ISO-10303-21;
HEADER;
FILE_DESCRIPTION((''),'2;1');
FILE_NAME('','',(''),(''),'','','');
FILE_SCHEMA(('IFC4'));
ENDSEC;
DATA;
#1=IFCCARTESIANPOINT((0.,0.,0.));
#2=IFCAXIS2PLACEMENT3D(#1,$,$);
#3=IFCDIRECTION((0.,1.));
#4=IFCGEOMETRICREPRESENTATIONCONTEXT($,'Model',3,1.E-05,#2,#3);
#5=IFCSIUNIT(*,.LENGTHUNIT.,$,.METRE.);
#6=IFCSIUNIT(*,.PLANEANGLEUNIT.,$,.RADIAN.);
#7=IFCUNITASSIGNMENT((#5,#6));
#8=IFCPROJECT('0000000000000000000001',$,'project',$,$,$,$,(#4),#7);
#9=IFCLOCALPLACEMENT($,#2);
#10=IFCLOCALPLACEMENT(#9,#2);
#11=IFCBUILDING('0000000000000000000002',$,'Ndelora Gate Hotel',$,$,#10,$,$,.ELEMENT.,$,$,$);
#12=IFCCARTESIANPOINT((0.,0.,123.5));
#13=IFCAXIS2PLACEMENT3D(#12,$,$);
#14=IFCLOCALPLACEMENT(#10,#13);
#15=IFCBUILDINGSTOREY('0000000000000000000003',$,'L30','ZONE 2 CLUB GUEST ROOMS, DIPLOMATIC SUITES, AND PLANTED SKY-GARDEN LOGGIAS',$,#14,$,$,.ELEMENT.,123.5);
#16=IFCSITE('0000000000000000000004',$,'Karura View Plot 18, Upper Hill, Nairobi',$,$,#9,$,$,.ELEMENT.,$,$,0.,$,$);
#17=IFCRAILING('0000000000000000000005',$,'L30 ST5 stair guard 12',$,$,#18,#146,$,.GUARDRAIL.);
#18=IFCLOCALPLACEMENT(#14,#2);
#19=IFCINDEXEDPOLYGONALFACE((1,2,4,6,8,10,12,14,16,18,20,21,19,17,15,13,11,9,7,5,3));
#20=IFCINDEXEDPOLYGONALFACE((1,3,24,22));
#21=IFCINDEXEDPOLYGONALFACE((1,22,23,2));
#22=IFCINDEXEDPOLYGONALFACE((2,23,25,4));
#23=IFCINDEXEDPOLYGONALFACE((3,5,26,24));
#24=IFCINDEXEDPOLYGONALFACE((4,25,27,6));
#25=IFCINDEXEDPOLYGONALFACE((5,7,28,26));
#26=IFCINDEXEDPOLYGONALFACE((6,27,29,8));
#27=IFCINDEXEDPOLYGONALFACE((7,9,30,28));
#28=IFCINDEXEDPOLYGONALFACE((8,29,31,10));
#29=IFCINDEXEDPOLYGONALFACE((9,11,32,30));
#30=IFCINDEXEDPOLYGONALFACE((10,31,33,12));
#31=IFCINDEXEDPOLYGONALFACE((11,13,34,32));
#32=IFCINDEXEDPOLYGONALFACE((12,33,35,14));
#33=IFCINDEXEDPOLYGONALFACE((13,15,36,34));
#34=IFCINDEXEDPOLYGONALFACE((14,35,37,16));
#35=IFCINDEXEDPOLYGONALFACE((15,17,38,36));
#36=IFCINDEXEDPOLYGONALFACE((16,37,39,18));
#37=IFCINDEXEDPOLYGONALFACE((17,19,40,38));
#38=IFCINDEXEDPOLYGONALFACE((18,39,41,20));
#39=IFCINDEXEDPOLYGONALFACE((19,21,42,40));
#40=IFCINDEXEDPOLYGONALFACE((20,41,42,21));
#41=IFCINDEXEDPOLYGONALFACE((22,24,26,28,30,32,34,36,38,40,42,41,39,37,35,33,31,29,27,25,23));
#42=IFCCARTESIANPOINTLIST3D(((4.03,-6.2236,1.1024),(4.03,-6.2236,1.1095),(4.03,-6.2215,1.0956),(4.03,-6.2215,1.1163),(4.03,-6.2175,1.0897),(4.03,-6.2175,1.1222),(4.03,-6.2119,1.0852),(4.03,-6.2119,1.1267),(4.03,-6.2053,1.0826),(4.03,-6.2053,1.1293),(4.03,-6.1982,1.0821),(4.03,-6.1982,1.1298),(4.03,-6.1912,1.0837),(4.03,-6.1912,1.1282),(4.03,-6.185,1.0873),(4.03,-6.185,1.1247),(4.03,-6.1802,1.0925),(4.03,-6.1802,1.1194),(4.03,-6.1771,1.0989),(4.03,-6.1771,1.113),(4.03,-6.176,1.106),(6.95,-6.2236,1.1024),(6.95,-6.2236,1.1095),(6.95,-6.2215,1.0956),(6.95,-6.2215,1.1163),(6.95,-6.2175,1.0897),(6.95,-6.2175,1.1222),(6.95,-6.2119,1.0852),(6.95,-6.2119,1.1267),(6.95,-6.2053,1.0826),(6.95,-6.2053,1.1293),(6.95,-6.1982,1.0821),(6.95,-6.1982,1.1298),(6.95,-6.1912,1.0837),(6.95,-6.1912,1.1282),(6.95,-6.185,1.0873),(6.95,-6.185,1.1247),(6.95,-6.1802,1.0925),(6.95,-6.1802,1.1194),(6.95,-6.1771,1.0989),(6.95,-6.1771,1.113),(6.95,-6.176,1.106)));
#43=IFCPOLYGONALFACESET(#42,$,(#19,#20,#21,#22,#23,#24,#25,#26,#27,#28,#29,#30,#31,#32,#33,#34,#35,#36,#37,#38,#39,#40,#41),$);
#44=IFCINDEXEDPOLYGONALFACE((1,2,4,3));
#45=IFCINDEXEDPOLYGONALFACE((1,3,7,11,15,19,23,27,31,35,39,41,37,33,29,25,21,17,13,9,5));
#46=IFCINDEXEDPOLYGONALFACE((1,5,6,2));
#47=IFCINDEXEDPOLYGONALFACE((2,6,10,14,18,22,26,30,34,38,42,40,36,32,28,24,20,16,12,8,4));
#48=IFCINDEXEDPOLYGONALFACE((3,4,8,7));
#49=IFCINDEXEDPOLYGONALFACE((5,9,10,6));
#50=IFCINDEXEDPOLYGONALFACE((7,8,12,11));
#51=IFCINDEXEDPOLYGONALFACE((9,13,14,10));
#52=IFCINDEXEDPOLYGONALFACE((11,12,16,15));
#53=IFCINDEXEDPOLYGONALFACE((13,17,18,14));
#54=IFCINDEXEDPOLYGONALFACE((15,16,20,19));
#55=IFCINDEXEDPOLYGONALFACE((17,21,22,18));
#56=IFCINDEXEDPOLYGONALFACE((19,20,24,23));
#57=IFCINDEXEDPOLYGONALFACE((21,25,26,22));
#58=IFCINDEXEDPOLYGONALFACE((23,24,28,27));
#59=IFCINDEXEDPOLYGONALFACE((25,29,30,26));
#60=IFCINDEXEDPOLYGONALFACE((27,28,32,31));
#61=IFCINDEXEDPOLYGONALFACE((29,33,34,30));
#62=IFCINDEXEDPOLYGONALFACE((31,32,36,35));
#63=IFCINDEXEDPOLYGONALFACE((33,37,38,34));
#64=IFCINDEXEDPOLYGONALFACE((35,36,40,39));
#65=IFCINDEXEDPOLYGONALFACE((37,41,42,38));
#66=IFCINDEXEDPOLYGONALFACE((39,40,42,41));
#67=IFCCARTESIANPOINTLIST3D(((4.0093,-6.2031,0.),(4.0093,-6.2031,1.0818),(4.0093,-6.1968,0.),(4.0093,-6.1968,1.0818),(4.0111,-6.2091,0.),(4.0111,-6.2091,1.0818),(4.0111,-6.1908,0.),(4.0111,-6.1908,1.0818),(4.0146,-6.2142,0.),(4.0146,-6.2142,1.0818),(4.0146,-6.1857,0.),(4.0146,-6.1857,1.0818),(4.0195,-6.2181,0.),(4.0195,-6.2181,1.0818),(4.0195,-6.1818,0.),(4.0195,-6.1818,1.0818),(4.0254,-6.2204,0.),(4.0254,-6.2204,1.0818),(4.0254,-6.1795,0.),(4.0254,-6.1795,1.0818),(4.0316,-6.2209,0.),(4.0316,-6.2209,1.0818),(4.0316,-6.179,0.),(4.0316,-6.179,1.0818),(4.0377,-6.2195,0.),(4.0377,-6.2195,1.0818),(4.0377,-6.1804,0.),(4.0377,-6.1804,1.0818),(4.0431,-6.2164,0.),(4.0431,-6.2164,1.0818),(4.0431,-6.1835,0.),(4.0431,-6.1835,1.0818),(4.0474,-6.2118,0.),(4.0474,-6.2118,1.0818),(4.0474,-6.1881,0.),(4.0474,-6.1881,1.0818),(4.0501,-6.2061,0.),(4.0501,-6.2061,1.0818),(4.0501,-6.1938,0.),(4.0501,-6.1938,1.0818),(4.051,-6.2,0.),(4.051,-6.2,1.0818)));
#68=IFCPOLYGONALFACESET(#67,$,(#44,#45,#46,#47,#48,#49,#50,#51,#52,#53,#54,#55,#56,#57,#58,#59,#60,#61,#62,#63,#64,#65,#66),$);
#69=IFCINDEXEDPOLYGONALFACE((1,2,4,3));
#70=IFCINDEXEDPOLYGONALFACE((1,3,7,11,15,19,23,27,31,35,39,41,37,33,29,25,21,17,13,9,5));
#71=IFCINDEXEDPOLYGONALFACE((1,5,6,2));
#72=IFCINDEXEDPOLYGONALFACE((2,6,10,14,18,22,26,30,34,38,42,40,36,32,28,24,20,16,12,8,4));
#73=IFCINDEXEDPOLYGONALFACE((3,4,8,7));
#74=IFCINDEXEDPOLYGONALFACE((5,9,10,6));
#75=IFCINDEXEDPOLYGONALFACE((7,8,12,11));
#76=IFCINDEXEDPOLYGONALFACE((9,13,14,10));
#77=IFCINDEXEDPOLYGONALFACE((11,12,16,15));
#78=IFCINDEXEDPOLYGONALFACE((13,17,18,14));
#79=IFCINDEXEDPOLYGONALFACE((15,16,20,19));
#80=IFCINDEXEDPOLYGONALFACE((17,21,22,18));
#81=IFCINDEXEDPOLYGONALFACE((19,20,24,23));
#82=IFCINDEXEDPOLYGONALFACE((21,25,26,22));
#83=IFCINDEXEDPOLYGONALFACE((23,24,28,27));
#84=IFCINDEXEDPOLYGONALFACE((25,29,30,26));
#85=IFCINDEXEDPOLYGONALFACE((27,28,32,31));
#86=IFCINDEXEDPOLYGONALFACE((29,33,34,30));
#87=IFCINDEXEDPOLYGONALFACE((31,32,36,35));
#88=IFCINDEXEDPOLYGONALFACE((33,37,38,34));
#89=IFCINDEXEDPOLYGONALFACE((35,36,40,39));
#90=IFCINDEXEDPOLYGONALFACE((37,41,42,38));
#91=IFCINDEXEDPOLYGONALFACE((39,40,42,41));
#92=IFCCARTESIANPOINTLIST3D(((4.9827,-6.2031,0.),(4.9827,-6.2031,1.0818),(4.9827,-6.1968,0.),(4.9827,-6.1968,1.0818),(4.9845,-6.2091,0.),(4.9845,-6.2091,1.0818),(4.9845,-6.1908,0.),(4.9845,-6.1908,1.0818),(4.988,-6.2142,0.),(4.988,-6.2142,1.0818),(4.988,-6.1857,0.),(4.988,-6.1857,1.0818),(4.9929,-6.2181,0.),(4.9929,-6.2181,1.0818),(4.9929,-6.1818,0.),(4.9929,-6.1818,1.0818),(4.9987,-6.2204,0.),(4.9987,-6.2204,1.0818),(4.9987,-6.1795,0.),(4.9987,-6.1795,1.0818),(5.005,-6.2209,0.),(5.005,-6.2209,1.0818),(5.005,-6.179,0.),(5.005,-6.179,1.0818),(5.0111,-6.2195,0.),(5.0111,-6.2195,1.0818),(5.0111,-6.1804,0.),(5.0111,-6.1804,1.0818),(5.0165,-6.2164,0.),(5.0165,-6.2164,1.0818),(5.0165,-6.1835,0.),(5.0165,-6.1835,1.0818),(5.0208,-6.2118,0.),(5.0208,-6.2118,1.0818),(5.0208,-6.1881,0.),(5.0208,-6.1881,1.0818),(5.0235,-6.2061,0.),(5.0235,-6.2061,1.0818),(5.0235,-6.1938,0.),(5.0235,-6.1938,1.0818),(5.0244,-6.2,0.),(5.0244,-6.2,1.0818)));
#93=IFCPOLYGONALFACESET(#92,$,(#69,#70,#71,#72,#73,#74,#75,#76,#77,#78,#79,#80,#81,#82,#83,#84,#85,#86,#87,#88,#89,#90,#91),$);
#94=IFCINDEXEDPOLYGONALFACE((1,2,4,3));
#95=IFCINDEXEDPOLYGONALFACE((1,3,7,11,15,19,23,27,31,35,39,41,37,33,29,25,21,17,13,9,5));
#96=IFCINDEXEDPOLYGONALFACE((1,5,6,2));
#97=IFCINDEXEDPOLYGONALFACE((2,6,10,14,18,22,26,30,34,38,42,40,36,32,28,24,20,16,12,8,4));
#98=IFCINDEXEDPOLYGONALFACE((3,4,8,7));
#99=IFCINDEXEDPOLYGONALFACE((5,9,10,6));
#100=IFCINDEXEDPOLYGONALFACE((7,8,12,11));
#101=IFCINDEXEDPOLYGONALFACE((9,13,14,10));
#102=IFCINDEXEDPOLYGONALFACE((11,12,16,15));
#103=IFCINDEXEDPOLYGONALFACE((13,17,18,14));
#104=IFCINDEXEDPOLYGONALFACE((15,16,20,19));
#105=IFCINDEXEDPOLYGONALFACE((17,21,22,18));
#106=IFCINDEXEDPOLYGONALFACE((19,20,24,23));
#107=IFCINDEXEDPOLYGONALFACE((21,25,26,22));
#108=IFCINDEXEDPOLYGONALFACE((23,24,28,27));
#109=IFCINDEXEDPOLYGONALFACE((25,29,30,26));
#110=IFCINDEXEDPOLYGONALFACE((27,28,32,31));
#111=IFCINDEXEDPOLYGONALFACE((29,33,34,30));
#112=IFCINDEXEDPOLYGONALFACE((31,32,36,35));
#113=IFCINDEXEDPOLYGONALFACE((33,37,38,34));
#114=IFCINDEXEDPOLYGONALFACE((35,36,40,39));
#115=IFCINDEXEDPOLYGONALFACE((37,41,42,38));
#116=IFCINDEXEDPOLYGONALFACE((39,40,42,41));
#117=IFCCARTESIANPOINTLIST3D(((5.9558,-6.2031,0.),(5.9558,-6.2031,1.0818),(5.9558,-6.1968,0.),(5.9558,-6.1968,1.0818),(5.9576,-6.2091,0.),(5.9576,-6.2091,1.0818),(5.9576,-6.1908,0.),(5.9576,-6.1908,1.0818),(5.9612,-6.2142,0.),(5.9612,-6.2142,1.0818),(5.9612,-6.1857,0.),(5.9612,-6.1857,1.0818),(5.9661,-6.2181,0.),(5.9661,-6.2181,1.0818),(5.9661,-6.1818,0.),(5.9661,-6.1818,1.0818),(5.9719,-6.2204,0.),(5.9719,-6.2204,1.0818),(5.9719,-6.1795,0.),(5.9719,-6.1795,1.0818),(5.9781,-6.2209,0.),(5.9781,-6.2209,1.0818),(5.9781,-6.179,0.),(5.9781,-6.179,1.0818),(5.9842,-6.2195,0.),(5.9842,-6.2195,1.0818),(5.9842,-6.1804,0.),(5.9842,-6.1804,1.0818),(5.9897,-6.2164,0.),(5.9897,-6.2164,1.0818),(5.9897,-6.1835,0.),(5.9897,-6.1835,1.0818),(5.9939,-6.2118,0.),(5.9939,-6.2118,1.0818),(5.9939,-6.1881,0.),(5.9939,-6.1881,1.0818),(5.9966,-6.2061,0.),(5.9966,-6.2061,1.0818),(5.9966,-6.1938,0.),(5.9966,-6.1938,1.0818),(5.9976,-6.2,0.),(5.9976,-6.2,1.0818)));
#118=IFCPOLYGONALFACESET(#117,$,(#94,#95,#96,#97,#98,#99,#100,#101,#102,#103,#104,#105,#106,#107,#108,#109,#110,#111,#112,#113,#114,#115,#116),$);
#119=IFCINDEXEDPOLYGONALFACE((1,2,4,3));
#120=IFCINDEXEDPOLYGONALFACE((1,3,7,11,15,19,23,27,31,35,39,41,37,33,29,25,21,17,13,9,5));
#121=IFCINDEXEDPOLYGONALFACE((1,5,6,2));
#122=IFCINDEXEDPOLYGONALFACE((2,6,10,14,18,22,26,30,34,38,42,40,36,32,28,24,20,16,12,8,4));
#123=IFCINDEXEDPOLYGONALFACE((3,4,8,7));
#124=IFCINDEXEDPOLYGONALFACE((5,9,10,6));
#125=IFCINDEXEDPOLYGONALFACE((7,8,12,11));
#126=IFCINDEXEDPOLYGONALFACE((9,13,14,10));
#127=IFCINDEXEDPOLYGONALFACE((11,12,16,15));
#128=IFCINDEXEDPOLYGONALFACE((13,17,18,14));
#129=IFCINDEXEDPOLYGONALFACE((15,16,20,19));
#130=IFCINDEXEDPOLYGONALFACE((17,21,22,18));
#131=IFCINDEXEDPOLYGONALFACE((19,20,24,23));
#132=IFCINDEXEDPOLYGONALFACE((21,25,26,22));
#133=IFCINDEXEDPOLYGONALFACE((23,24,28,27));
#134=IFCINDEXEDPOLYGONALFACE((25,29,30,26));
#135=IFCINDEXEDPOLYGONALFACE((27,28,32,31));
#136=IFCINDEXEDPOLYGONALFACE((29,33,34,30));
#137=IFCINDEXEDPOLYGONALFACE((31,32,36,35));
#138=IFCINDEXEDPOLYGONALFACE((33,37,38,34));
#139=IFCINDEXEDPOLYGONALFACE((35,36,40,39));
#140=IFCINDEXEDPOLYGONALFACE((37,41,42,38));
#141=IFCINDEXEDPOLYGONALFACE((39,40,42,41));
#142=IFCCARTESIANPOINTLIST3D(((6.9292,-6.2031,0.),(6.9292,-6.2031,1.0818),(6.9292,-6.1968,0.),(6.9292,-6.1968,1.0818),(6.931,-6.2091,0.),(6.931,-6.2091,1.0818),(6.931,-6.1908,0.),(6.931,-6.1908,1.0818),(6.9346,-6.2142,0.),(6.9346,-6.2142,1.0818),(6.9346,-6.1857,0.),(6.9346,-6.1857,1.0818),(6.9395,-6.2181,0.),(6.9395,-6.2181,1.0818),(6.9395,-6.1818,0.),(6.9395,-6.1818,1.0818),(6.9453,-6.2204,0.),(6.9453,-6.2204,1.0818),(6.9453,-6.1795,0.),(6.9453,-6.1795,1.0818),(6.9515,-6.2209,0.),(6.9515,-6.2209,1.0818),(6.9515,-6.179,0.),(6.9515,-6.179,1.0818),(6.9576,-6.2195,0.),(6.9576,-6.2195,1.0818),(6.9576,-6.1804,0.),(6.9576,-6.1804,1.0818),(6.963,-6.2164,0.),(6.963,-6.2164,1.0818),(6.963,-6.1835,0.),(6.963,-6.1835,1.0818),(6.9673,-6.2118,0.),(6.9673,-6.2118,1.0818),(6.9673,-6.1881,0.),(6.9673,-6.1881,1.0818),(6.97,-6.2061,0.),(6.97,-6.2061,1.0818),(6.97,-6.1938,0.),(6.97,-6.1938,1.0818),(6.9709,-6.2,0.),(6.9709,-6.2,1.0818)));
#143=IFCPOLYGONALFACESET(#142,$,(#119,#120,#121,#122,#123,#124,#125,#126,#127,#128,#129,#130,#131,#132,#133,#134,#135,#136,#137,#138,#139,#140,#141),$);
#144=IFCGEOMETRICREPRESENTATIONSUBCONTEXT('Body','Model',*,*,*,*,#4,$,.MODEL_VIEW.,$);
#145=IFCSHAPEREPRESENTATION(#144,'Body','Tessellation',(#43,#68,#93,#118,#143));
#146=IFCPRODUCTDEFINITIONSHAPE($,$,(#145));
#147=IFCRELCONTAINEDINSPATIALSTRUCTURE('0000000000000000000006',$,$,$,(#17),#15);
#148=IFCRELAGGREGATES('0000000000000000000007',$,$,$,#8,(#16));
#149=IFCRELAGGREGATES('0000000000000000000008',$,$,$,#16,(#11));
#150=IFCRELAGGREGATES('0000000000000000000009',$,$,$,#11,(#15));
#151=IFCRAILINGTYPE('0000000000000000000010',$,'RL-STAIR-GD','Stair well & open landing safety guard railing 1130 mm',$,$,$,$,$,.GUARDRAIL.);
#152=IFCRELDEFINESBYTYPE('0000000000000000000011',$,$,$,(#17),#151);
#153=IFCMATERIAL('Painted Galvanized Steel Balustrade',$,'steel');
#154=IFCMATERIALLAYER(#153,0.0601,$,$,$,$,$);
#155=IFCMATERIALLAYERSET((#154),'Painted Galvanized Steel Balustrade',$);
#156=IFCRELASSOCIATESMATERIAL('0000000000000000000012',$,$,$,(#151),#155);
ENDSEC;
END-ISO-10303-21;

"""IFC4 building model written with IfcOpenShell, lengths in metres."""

from ifc_helpers import new_model, si_unit, direction, frame, origin, origin_2d, place, context, subcontext, project, spatial, circle, extrude, material, layer, layer_set, type_object, element, save


model = new_model("IFC4")

# Units and contexts
model_context = context("Model", 3, precision=1e-05, world=origin(), true_north=direction((0.0, 1.0)))
body_context = subcontext(model_context, "Body", "Model", "MODEL_VIEW")
ifc_project = project(units=[si_unit("LENGTHUNIT", "METRE"), si_unit("PLANEANGLEUNIT", "RADIAN")], contexts=[model_context])

# Site, building, storey
site_placement = place(None, origin())
site = spatial("IfcSite", under=ifc_project, at=site_placement, Name="Karura View Plot 18, Upper Hill, Nairobi", CompositionType="ELEMENT", RefElevation=0.0)
building_placement = place(site_placement, origin())
building = spatial("IfcBuilding", under=site, at=building_placement, Name="Ndelora Gate Hotel", CompositionType="ELEMENT")
storey_placement = place(building_placement, frame((0.0, 0.0, 123.5)))
storey = spatial("IfcBuildingStorey", under=building, at=storey_placement, Name="L30", Description="ZONE 2 CLUB GUEST ROOMS, DIPLOMATIC SUITES, AND PLANTED SKY-GARDEN LOGGIAS", CompositionType="ELEMENT", Elevation=123.5)

# Railing
ifc_material_1 = material(Name="Painted Galvanized Steel Balustrade", Category="steel")
ifc_layer_1 = layer(ifc_material_1, 0.0601)
ifc_layer_set_1 = layer_set([ifc_layer_1], Name="Painted Galvanized Steel Balustrade")
railing_type_1 = type_object("IfcRailingType", Name="RL-STAIR-GD", Description="Stair well & open landing safety guard railing 1130 mm", PredefinedType="GUARDRAIL", material=ifc_layer_set_1)
railing_1_placement = place(storey_placement, frame((4.03, -6.2, 0.0)))
element("IfcRailing", 1, at=railing_1_placement, inside=storey, type_object=railing_type_1, Name="L30 ST5 stair guard 12", PredefinedType="GUARDRAIL", context=body_context, shape_type="SweptSolid", body=[
    extrude(circle(Radius=0.0239, at=origin_2d()), frame((0.0, 0.0, 1.106), z_axis=(1.0, 0.0, 0.0), x_axis=(0.0, 1.0, 0.0)), (0.0, 0.0, 1.0), 2.9199),
    extrude(circle(Radius=0.021, at=origin_2d()), origin(), (0.0, 0.0, 1.0), 1.0818),
    extrude(circle(Radius=0.021, at=origin_2d()), frame((0.9734, 0.0, 0.0)), (0.0, 0.0, 1.0), 1.0818),
    extrude(circle(Radius=0.021, at=origin_2d()), frame((1.9465, 0.0, 0.0)), (0.0, 0.0, 1.0), 1.0818),
    extrude(circle(Radius=0.021, at=origin_2d()), frame((2.9199, 0.0, 0.0)), (0.0, 0.0, 1.0), 1.0818),
])

save(model, "model.ifc")
